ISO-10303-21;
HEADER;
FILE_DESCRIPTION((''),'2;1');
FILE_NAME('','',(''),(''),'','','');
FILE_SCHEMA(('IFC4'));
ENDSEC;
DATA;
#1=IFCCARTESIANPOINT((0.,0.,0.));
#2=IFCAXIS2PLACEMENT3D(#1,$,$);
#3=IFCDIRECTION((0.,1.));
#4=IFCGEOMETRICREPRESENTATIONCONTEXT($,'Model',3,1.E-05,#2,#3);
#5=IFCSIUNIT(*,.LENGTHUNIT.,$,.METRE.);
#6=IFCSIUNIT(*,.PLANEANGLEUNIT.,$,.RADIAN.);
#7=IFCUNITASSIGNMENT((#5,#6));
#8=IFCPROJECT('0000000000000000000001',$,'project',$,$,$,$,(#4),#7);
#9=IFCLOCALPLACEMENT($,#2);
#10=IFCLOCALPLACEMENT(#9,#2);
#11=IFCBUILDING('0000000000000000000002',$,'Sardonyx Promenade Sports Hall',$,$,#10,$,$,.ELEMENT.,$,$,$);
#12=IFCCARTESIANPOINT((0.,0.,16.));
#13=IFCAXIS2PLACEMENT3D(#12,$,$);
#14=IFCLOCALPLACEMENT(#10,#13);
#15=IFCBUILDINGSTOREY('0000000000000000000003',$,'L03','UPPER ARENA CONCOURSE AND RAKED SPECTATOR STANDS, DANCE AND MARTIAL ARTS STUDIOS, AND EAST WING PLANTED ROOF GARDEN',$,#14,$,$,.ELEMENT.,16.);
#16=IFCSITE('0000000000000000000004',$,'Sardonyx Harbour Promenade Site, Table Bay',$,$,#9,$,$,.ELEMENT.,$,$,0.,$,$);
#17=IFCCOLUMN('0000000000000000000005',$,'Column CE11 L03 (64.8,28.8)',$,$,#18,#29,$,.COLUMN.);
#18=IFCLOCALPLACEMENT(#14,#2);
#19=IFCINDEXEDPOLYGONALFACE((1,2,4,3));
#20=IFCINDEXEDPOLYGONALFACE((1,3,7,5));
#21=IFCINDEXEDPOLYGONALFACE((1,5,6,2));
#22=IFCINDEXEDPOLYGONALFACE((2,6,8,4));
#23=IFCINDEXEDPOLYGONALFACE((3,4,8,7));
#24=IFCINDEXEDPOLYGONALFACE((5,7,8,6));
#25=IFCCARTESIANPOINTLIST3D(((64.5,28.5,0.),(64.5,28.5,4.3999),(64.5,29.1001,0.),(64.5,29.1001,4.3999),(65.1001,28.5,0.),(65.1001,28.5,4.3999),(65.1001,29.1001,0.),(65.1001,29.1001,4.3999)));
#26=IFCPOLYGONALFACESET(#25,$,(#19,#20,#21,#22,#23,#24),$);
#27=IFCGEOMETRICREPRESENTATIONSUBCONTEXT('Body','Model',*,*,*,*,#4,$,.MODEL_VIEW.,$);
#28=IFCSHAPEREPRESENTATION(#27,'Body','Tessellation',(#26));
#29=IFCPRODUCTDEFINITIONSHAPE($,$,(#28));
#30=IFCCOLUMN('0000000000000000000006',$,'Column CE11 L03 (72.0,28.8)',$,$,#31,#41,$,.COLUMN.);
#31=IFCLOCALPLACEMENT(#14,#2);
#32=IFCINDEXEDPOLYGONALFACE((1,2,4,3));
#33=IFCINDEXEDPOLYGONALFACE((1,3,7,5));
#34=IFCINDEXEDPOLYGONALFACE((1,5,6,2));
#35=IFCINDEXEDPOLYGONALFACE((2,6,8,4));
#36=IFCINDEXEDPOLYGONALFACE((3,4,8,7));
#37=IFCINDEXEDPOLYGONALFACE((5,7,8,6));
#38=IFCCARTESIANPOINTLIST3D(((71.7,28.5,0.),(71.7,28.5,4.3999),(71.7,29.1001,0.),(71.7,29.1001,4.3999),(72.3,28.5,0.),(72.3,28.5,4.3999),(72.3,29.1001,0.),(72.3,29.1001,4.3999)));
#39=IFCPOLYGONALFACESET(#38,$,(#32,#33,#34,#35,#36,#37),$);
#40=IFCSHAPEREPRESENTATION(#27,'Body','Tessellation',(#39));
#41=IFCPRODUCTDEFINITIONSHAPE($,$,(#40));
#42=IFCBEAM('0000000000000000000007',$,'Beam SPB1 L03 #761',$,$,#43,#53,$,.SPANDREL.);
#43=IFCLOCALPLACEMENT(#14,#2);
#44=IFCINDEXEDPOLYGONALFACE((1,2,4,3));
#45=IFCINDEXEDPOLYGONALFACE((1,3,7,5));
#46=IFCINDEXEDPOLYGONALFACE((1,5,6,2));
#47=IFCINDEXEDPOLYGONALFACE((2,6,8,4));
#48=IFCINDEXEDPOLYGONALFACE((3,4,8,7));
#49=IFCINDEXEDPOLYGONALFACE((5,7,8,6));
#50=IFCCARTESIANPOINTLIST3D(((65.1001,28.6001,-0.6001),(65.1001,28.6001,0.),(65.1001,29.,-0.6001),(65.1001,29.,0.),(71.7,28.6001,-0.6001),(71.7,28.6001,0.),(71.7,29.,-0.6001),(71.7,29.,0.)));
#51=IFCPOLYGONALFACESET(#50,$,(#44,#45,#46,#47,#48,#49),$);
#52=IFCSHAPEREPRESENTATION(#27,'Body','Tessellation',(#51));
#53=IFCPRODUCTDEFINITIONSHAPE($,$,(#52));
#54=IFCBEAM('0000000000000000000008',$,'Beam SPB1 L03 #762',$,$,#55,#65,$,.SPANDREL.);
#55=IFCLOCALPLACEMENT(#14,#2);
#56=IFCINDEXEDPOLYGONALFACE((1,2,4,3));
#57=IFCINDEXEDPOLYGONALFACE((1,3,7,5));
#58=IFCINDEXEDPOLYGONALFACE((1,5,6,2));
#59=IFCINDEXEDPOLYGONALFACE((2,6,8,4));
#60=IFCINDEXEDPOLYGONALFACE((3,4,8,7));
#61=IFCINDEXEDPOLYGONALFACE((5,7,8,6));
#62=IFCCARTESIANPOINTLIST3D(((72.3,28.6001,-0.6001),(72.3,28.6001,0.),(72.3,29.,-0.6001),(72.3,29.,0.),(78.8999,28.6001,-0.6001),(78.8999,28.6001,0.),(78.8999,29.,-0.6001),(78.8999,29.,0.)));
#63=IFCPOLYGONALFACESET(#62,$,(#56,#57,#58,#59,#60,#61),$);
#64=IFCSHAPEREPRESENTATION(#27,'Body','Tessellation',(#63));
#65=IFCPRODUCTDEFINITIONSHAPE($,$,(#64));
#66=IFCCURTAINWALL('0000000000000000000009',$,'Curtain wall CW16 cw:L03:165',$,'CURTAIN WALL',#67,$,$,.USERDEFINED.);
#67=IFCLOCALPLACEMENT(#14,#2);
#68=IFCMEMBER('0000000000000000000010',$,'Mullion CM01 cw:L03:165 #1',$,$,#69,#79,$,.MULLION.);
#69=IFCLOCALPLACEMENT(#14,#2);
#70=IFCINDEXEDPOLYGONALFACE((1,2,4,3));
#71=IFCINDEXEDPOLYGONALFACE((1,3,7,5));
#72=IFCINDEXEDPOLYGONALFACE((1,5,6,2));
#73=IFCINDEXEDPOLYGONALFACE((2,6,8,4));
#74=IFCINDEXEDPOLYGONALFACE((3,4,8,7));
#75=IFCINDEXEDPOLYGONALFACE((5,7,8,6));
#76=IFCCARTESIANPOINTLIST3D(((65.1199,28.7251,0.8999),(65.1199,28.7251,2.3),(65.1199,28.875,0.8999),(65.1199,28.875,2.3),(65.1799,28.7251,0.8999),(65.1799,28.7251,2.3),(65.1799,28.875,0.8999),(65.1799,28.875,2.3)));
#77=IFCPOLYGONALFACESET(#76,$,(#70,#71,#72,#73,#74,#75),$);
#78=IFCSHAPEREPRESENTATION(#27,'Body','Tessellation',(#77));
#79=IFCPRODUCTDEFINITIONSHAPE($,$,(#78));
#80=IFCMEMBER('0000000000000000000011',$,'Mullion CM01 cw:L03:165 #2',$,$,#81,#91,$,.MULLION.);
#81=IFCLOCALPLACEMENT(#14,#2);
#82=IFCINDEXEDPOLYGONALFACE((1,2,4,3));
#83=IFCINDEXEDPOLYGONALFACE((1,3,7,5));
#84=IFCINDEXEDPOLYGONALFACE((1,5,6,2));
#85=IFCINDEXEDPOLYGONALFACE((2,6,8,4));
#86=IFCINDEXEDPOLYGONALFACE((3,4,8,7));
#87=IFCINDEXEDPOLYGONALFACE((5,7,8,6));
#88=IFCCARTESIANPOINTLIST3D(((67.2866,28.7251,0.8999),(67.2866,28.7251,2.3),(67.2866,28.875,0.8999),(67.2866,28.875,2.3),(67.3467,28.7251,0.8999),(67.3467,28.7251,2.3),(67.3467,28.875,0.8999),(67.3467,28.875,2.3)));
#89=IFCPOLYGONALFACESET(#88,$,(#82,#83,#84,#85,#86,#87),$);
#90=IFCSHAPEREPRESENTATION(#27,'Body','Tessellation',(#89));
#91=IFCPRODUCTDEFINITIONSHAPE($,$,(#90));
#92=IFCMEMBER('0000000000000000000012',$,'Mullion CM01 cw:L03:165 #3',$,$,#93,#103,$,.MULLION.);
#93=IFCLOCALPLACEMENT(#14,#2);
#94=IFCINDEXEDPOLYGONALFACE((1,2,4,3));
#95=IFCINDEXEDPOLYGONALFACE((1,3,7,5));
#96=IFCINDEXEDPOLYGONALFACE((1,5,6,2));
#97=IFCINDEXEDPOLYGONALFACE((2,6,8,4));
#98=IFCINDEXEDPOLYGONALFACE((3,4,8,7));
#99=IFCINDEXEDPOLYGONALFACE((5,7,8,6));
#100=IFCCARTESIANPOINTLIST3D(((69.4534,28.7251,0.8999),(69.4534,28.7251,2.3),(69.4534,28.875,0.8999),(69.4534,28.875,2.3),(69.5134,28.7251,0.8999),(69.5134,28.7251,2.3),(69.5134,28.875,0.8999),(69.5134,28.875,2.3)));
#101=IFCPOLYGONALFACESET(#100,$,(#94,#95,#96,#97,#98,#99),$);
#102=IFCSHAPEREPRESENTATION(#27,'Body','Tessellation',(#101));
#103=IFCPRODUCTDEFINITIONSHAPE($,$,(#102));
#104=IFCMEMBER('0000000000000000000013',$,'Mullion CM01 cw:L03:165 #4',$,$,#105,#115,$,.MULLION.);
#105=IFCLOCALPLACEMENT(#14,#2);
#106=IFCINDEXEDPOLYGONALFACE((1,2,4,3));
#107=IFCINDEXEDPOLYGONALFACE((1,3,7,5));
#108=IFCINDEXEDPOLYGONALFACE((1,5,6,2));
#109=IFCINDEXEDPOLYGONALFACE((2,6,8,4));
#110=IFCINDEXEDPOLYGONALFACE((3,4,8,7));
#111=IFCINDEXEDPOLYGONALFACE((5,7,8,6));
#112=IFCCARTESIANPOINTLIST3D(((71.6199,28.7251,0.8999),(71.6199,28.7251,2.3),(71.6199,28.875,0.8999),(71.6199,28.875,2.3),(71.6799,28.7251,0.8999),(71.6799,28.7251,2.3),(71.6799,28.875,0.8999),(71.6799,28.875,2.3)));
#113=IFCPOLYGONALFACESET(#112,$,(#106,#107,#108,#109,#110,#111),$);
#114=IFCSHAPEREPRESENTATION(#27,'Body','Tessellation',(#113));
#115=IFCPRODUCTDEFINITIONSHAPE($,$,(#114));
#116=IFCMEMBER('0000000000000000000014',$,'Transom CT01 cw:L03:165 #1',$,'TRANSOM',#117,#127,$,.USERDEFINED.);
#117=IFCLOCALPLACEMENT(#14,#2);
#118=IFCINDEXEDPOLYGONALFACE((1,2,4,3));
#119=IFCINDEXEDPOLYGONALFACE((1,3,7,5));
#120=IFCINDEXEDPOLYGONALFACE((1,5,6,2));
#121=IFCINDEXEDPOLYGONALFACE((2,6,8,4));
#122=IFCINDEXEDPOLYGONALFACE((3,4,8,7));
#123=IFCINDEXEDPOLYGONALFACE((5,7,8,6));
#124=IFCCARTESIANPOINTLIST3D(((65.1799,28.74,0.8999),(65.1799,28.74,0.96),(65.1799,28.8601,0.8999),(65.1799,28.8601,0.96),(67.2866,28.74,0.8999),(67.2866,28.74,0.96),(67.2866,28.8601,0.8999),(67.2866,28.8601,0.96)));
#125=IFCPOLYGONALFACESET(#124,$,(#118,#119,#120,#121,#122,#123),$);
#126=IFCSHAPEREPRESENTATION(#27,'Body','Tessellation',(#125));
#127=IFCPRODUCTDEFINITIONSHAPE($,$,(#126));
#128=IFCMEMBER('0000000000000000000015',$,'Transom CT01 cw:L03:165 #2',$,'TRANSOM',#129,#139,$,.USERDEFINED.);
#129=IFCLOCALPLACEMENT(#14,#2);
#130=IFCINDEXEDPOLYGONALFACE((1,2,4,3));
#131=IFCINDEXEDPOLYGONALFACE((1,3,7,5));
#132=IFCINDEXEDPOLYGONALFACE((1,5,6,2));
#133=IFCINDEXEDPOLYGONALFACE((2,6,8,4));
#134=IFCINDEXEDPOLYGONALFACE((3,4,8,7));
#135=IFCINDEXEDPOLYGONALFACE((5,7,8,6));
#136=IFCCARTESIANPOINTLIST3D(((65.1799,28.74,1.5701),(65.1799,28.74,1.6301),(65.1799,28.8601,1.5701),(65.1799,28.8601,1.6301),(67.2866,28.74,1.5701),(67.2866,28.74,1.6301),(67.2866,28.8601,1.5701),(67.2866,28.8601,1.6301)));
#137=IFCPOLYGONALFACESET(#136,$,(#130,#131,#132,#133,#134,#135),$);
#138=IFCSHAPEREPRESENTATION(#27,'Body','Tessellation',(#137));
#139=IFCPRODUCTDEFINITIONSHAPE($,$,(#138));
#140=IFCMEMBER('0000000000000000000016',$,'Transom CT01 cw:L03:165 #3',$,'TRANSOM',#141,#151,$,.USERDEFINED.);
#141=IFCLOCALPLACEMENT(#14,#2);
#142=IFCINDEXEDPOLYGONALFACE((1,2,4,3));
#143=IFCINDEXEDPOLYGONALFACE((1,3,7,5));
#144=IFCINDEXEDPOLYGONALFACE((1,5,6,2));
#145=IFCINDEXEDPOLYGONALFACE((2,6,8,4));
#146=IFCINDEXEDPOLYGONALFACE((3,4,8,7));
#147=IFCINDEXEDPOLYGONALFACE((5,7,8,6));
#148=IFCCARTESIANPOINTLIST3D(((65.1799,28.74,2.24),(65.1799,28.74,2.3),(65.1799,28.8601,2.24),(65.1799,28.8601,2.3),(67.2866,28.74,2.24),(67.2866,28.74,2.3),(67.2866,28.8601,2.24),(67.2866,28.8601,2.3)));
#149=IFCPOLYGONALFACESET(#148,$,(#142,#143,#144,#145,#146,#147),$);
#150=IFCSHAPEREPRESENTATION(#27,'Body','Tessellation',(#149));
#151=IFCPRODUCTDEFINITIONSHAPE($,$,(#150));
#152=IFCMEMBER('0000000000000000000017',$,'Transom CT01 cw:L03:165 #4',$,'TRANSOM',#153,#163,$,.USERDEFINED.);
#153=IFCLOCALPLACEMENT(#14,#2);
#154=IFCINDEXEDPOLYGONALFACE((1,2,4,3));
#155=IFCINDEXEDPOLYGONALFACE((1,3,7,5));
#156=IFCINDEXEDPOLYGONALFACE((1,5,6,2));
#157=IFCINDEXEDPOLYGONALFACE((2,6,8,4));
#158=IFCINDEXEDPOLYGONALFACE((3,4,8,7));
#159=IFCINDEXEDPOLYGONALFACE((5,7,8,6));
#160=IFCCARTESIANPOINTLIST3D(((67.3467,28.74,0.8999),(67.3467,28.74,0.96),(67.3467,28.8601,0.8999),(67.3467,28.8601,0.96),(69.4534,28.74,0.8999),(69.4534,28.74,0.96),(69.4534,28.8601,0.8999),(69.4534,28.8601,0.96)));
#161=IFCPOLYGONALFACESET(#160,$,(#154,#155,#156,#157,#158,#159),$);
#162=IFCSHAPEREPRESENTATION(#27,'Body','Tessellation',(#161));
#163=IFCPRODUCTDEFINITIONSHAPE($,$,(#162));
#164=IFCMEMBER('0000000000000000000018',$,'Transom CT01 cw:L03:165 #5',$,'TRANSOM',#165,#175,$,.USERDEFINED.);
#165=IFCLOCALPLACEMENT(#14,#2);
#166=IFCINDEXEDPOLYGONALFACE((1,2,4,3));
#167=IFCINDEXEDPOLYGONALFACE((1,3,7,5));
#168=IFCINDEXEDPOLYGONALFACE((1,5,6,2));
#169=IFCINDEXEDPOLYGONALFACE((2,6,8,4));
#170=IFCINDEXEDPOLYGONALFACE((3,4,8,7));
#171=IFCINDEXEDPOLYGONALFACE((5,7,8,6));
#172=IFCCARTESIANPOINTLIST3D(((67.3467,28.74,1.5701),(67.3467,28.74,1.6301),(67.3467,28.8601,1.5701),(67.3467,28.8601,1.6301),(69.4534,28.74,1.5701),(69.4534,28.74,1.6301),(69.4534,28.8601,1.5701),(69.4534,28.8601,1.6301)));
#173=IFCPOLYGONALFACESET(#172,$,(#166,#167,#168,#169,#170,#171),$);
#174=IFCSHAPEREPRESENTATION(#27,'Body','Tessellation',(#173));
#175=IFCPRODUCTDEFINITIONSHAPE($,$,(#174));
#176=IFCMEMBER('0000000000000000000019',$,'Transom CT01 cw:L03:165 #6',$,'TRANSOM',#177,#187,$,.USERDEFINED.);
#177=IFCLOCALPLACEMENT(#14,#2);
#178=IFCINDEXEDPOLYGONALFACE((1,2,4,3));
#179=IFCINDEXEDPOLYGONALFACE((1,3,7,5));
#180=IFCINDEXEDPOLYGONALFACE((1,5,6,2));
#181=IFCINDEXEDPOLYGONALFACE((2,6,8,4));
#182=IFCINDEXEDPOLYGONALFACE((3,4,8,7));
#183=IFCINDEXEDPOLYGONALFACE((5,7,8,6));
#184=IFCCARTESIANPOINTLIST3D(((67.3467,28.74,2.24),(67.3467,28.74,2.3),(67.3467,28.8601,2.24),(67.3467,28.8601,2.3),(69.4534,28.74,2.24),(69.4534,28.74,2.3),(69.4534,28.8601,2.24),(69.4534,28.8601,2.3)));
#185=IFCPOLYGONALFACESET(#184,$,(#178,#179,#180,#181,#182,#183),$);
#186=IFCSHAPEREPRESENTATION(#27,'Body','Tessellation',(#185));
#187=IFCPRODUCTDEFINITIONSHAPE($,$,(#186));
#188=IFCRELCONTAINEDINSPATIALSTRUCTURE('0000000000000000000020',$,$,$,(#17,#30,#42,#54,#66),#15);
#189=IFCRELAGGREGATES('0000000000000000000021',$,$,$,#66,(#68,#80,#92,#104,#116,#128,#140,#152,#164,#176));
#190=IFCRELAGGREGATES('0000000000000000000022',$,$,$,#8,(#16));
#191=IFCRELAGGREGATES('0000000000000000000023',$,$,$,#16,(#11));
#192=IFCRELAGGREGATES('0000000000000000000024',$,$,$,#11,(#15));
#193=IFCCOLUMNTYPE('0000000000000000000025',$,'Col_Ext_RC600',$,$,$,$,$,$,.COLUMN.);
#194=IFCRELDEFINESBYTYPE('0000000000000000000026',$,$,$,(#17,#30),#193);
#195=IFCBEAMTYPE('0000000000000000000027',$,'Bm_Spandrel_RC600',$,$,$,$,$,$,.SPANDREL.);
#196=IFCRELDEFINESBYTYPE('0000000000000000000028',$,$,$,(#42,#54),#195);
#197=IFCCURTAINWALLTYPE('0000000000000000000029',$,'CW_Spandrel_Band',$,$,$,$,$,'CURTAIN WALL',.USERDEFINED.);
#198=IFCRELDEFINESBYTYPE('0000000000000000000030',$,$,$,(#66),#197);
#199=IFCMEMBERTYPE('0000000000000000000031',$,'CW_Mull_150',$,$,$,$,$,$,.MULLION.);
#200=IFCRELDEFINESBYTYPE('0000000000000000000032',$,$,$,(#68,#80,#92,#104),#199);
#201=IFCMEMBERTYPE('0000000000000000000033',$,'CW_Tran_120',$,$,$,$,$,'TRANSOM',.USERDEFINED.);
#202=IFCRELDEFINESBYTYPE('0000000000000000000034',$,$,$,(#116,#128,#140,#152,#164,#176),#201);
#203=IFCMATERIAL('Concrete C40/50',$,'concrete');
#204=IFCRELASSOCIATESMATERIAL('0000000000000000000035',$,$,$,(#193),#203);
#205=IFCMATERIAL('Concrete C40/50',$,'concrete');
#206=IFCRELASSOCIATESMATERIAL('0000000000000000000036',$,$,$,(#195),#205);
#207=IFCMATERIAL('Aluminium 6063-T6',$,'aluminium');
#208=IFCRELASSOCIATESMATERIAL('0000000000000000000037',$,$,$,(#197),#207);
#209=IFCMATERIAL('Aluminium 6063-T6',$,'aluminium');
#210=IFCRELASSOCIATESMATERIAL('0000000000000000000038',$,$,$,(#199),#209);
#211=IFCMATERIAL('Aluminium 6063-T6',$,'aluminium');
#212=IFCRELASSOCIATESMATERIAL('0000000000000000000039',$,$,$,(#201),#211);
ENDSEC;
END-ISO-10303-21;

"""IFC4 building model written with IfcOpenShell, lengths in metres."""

from ifc_helpers import new_model, si_unit, direction, frame, origin, origin_2d, place, context, subcontext, project, spatial, rectangle, extrude, material, material_profile, profile_set, type_object, element, aggregate, save


model = new_model("IFC4")

# Units and contexts
model_context = context("Model", 3, precision=1e-05, world=origin(), true_north=direction((0.0, 1.0)))
body_context = subcontext(model_context, "Body", "Model", "MODEL_VIEW")
ifc_project = project(units=[si_unit("LENGTHUNIT", "METRE"), si_unit("PLANEANGLEUNIT", "RADIAN")], contexts=[model_context])

# Site, building, storey
site_placement = place(None, origin())
site = spatial("IfcSite", under=ifc_project, at=site_placement, Name="Sardonyx Harbour Promenade Site, Table Bay", CompositionType="ELEMENT", RefElevation=0.0)
building_placement = place(site_placement, origin())
building = spatial("IfcBuilding", under=site, at=building_placement, Name="Sardonyx Promenade Sports Hall", CompositionType="ELEMENT")
storey_placement = place(building_placement, frame((0.0, 0.0, 16.0)))
storey = spatial("IfcBuildingStorey", under=building, at=storey_placement, Name="L03", Description="UPPER ARENA CONCOURSE AND RAKED SPECTATOR STANDS, DANCE AND MARTIAL ARTS STUDIOS, AND EAST WING PLANTED ROOF GARDEN", CompositionType="ELEMENT", Elevation=16.0)

# Columns
ifc_material_1 = material(Name="Concrete C40/50", Category="concrete")
ifc_material_profile_1 = material_profile(ifc_material_1, rectangle(XDim=0.6001, YDim=0.6001, at=origin_2d()))
ifc_profile_set_1 = profile_set([ifc_material_profile_1], Name="Concrete C40/50")
column_type = type_object("IfcColumnType", Name="Col_Ext_RC600", PredefinedType="COLUMN", material=ifc_profile_set_1)
for number, where, z_axis, x_axis, name in (
    (1, (64.8, 28.8, 0.0), (0.0, 0.0, 1.0), (1.0, 0.0, 0.0), "Column CE11 L03 (64.8,28.8)"),
    (2, (72.0, 28.8, 0.0), (0.0, 0.0, 1.0), (1.0, 0.0, 0.0), "Column CE11 L03 (72.0,28.8)"),
):
    element("IfcColumn", number, at=place(storey_placement, frame(where, z_axis=z_axis, x_axis=x_axis)), inside=storey, type_object=column_type, Name=name, PredefinedType="COLUMN", context=body_context, shape_type="SweptSolid", body=[
        extrude(rectangle(XDim=0.6001, YDim=0.6001, at=origin_2d()), origin(), (0.0, 0.0, 1.0), 4.3999),
    ])

# Beams
ifc_material_2 = material(Name="Concrete C40/50", Category="concrete")
ifc_material_profile_2 = material_profile(ifc_material_2, rectangle(XDim=0.3999, YDim=0.6001, at=origin_2d()))
ifc_profile_set_2 = profile_set([ifc_material_profile_2], Name="Concrete C40/50")
beam_type = type_object("IfcBeamType", Name="Bm_Spandrel_RC600", PredefinedType="SPANDREL", material=ifc_profile_set_2)
for number, where, z_axis, x_axis, name in (
    (3, (65.1001, 28.8, -0.3), (1.0, 0.0, 0.0), (0.0, 1.0, 0.0), "Beam SPB1 L03 #761"),
    (4, (72.3, 28.8, -0.3), (1.0, 0.0, 0.0), (0.0, 1.0, 0.0), "Beam SPB1 L03 #762"),
):
    element("IfcBeam", number, at=place(storey_placement, frame(where, z_axis=z_axis, x_axis=x_axis)), inside=storey, type_object=beam_type, Name=name, PredefinedType="SPANDREL", context=body_context, shape_type="SweptSolid", body=[
        extrude(rectangle(XDim=0.3999, YDim=0.6001, at=origin_2d()), origin(), (0.0, 0.0, 1.0), 6.5999),
    ])

# Curtain wall, members
ifc_material_3 = material(Name="Aluminium 6063-T6", Category="aluminium")
curtain_wall_type = type_object("IfcCurtainWallType", Name="CW_Spandrel_Band", ElementType="CURTAIN WALL", PredefinedType="USERDEFINED", material=ifc_material_3)
curtain_wall_placement = place(storey_placement, origin())
curtain_wall = element("IfcCurtainWall", 5, at=curtain_wall_placement, inside=storey, type_object=curtain_wall_type, Name="Curtain wall CW16 cw:L03:165", ObjectType="CURTAIN WALL", PredefinedType="USERDEFINED")
ifc_material_4 = material(Name="Aluminium 6063-T6", Category="aluminium")
ifc_material_profile_3 = material_profile(ifc_material_4, rectangle(XDim=0.0601, YDim=0.1499, at=origin_2d()))
ifc_profile_set_3 = profile_set([ifc_material_profile_3], Name="Aluminium 6063-T6")
member_type_1 = type_object("IfcMemberType", Name="CW_Mull_150", PredefinedType="MULLION", material=ifc_profile_set_3)
member_1_placement = place(storey_placement, frame((65.1499, 28.8, 0.8999), z_axis=(0.0, 0.0, 1.0), x_axis=(1.0, 0.0, 0.0)))
member_1 = element("IfcMember", 6, at=member_1_placement, type_object=member_type_1, Name="Mullion CM01 cw:L03:165 #1", PredefinedType="MULLION", context=body_context, shape_type="SweptSolid", body=[
    extrude(rectangle(XDim=0.0601, YDim=0.1499, at=origin_2d()), origin(), (0.0, 0.0, 1.0), 1.4001),
])
member_2_placement = place(storey_placement, frame((67.3167, 28.8, 0.8999), z_axis=(0.0, 0.0, 1.0), x_axis=(1.0, 0.0, 0.0)))
member_2 = element("IfcMember", 7, at=member_2_placement, type_object=member_type_1, Name="Mullion CM01 cw:L03:165 #2", PredefinedType="MULLION", context=body_context, shape_type="SweptSolid", body=[
    extrude(rectangle(XDim=0.0601, YDim=0.1499, at=origin_2d()), origin(), (0.0, 0.0, 1.0), 1.4001),
])
member_3_placement = place(storey_placement, frame((69.4834, 28.8, 0.8999), z_axis=(0.0, 0.0, 1.0), x_axis=(1.0, 0.0, 0.0)))
member_3 = element("IfcMember", 8, at=member_3_placement, type_object=member_type_1, Name="Mullion CM01 cw:L03:165 #3", PredefinedType="MULLION", context=body_context, shape_type="SweptSolid", body=[
    extrude(rectangle(XDim=0.0601, YDim=0.1499, at=origin_2d()), origin(), (0.0, 0.0, 1.0), 1.4001),
])
member_4_placement = place(storey_placement, frame((71.6499, 28.8, 0.8999), z_axis=(0.0, 0.0, 1.0), x_axis=(1.0, 0.0, 0.0)))
member_4 = element("IfcMember", 9, at=member_4_placement, type_object=member_type_1, Name="Mullion CM01 cw:L03:165 #4", PredefinedType="MULLION", context=body_context, shape_type="SweptSolid", body=[
    extrude(rectangle(XDim=0.0601, YDim=0.1499, at=origin_2d()), origin(), (0.0, 0.0, 1.0), 1.4001),
])
ifc_material_5 = material(Name="Aluminium 6063-T6", Category="aluminium")
ifc_material_profile_4 = material_profile(ifc_material_5, rectangle(XDim=0.0601, YDim=0.1201, at=origin_2d()))
ifc_profile_set_4 = profile_set([ifc_material_profile_4], Name="Aluminium 6063-T6")
member_type_2 = type_object("IfcMemberType", Name="CW_Tran_120", ElementType="TRANSOM", PredefinedType="USERDEFINED", material=ifc_profile_set_4)
member_5_placement = place(storey_placement, frame((65.1799, 28.8, 0.9299), z_axis=(1.0, 0.0, 0.0), x_axis=(0.0, 0.0, 1.0)))
member_5 = element("IfcMember", 10, at=member_5_placement, type_object=member_type_2, Name="Transom CT01 cw:L03:165 #1", ObjectType="TRANSOM", PredefinedType="USERDEFINED", context=body_context, shape_type="SweptSolid", body=[
    extrude(rectangle(XDim=0.0601, YDim=0.1201, at=origin_2d()), origin(), (0.0, 0.0, 1.0), 2.1067),
])
member_6_placement = place(storey_placement, frame((65.1799, 28.8, 1.6001), z_axis=(1.0, 0.0, 0.0), x_axis=(0.0, 0.0, 1.0)))
member_6 = element("IfcMember", 11, at=member_6_placement, type_object=member_type_2, Name="Transom CT01 cw:L03:165 #2", ObjectType="TRANSOM", PredefinedType="USERDEFINED", context=body_context, shape_type="SweptSolid", body=[
    extrude(rectangle(XDim=0.0601, YDim=0.1201, at=origin_2d()), origin(), (0.0, 0.0, 1.0), 2.1067),
])
member_7_placement = place(storey_placement, frame((65.1799, 28.8, 2.27), z_axis=(1.0, 0.0, 0.0), x_axis=(0.0, 0.0, 1.0)))
member_7 = element("IfcMember", 12, at=member_7_placement, type_object=member_type_2, Name="Transom CT01 cw:L03:165 #3", ObjectType="TRANSOM", PredefinedType="USERDEFINED", context=body_context, shape_type="SweptSolid", body=[
    extrude(rectangle(XDim=0.0601, YDim=0.1201, at=origin_2d()), origin(), (0.0, 0.0, 1.0), 2.1067),
])
member_8_placement = place(storey_placement, frame((67.3467, 28.8, 0.9299), z_axis=(1.0, 0.0, 0.0), x_axis=(0.0, 0.0, 1.0)))
member_8 = element("IfcMember", 13, at=member_8_placement, type_object=member_type_2, Name="Transom CT01 cw:L03:165 #4", ObjectType="TRANSOM", PredefinedType="USERDEFINED", context=body_context, shape_type="SweptSolid", body=[
    extrude(rectangle(XDim=0.0601, YDim=0.1201, at=origin_2d()), origin(), (0.0, 0.0, 1.0), 2.1067),
])
member_9_placement = place(storey_placement, frame((67.3467, 28.8, 1.6001), z_axis=(1.0, 0.0, 0.0), x_axis=(0.0, 0.0, 1.0)))
member_9 = element("IfcMember", 14, at=member_9_placement, type_object=member_type_2, Name="Transom CT01 cw:L03:165 #5", ObjectType="TRANSOM", PredefinedType="USERDEFINED", context=body_context, shape_type="SweptSolid", body=[
    extrude(rectangle(XDim=0.0601, YDim=0.1201, at=origin_2d()), origin(), (0.0, 0.0, 1.0), 2.1067),
])
member_10_placement = place(storey_placement, frame((67.3467, 28.8, 2.27), z_axis=(1.0, 0.0, 0.0), x_axis=(0.0, 0.0, 1.0)))
member_10 = element("IfcMember", 15, at=member_10_placement, type_object=member_type_2, Name="Transom CT01 cw:L03:165 #6", ObjectType="TRANSOM", PredefinedType="USERDEFINED", context=body_context, shape_type="SweptSolid", body=[
    extrude(rectangle(XDim=0.0601, YDim=0.1201, at=origin_2d()), origin(), (0.0, 0.0, 1.0), 2.1067),
])

aggregate(curtain_wall, [member_1, member_2, member_3, member_4, member_5, member_6, member_7, member_8, member_9, member_10])

save(model, "model.ifc")
